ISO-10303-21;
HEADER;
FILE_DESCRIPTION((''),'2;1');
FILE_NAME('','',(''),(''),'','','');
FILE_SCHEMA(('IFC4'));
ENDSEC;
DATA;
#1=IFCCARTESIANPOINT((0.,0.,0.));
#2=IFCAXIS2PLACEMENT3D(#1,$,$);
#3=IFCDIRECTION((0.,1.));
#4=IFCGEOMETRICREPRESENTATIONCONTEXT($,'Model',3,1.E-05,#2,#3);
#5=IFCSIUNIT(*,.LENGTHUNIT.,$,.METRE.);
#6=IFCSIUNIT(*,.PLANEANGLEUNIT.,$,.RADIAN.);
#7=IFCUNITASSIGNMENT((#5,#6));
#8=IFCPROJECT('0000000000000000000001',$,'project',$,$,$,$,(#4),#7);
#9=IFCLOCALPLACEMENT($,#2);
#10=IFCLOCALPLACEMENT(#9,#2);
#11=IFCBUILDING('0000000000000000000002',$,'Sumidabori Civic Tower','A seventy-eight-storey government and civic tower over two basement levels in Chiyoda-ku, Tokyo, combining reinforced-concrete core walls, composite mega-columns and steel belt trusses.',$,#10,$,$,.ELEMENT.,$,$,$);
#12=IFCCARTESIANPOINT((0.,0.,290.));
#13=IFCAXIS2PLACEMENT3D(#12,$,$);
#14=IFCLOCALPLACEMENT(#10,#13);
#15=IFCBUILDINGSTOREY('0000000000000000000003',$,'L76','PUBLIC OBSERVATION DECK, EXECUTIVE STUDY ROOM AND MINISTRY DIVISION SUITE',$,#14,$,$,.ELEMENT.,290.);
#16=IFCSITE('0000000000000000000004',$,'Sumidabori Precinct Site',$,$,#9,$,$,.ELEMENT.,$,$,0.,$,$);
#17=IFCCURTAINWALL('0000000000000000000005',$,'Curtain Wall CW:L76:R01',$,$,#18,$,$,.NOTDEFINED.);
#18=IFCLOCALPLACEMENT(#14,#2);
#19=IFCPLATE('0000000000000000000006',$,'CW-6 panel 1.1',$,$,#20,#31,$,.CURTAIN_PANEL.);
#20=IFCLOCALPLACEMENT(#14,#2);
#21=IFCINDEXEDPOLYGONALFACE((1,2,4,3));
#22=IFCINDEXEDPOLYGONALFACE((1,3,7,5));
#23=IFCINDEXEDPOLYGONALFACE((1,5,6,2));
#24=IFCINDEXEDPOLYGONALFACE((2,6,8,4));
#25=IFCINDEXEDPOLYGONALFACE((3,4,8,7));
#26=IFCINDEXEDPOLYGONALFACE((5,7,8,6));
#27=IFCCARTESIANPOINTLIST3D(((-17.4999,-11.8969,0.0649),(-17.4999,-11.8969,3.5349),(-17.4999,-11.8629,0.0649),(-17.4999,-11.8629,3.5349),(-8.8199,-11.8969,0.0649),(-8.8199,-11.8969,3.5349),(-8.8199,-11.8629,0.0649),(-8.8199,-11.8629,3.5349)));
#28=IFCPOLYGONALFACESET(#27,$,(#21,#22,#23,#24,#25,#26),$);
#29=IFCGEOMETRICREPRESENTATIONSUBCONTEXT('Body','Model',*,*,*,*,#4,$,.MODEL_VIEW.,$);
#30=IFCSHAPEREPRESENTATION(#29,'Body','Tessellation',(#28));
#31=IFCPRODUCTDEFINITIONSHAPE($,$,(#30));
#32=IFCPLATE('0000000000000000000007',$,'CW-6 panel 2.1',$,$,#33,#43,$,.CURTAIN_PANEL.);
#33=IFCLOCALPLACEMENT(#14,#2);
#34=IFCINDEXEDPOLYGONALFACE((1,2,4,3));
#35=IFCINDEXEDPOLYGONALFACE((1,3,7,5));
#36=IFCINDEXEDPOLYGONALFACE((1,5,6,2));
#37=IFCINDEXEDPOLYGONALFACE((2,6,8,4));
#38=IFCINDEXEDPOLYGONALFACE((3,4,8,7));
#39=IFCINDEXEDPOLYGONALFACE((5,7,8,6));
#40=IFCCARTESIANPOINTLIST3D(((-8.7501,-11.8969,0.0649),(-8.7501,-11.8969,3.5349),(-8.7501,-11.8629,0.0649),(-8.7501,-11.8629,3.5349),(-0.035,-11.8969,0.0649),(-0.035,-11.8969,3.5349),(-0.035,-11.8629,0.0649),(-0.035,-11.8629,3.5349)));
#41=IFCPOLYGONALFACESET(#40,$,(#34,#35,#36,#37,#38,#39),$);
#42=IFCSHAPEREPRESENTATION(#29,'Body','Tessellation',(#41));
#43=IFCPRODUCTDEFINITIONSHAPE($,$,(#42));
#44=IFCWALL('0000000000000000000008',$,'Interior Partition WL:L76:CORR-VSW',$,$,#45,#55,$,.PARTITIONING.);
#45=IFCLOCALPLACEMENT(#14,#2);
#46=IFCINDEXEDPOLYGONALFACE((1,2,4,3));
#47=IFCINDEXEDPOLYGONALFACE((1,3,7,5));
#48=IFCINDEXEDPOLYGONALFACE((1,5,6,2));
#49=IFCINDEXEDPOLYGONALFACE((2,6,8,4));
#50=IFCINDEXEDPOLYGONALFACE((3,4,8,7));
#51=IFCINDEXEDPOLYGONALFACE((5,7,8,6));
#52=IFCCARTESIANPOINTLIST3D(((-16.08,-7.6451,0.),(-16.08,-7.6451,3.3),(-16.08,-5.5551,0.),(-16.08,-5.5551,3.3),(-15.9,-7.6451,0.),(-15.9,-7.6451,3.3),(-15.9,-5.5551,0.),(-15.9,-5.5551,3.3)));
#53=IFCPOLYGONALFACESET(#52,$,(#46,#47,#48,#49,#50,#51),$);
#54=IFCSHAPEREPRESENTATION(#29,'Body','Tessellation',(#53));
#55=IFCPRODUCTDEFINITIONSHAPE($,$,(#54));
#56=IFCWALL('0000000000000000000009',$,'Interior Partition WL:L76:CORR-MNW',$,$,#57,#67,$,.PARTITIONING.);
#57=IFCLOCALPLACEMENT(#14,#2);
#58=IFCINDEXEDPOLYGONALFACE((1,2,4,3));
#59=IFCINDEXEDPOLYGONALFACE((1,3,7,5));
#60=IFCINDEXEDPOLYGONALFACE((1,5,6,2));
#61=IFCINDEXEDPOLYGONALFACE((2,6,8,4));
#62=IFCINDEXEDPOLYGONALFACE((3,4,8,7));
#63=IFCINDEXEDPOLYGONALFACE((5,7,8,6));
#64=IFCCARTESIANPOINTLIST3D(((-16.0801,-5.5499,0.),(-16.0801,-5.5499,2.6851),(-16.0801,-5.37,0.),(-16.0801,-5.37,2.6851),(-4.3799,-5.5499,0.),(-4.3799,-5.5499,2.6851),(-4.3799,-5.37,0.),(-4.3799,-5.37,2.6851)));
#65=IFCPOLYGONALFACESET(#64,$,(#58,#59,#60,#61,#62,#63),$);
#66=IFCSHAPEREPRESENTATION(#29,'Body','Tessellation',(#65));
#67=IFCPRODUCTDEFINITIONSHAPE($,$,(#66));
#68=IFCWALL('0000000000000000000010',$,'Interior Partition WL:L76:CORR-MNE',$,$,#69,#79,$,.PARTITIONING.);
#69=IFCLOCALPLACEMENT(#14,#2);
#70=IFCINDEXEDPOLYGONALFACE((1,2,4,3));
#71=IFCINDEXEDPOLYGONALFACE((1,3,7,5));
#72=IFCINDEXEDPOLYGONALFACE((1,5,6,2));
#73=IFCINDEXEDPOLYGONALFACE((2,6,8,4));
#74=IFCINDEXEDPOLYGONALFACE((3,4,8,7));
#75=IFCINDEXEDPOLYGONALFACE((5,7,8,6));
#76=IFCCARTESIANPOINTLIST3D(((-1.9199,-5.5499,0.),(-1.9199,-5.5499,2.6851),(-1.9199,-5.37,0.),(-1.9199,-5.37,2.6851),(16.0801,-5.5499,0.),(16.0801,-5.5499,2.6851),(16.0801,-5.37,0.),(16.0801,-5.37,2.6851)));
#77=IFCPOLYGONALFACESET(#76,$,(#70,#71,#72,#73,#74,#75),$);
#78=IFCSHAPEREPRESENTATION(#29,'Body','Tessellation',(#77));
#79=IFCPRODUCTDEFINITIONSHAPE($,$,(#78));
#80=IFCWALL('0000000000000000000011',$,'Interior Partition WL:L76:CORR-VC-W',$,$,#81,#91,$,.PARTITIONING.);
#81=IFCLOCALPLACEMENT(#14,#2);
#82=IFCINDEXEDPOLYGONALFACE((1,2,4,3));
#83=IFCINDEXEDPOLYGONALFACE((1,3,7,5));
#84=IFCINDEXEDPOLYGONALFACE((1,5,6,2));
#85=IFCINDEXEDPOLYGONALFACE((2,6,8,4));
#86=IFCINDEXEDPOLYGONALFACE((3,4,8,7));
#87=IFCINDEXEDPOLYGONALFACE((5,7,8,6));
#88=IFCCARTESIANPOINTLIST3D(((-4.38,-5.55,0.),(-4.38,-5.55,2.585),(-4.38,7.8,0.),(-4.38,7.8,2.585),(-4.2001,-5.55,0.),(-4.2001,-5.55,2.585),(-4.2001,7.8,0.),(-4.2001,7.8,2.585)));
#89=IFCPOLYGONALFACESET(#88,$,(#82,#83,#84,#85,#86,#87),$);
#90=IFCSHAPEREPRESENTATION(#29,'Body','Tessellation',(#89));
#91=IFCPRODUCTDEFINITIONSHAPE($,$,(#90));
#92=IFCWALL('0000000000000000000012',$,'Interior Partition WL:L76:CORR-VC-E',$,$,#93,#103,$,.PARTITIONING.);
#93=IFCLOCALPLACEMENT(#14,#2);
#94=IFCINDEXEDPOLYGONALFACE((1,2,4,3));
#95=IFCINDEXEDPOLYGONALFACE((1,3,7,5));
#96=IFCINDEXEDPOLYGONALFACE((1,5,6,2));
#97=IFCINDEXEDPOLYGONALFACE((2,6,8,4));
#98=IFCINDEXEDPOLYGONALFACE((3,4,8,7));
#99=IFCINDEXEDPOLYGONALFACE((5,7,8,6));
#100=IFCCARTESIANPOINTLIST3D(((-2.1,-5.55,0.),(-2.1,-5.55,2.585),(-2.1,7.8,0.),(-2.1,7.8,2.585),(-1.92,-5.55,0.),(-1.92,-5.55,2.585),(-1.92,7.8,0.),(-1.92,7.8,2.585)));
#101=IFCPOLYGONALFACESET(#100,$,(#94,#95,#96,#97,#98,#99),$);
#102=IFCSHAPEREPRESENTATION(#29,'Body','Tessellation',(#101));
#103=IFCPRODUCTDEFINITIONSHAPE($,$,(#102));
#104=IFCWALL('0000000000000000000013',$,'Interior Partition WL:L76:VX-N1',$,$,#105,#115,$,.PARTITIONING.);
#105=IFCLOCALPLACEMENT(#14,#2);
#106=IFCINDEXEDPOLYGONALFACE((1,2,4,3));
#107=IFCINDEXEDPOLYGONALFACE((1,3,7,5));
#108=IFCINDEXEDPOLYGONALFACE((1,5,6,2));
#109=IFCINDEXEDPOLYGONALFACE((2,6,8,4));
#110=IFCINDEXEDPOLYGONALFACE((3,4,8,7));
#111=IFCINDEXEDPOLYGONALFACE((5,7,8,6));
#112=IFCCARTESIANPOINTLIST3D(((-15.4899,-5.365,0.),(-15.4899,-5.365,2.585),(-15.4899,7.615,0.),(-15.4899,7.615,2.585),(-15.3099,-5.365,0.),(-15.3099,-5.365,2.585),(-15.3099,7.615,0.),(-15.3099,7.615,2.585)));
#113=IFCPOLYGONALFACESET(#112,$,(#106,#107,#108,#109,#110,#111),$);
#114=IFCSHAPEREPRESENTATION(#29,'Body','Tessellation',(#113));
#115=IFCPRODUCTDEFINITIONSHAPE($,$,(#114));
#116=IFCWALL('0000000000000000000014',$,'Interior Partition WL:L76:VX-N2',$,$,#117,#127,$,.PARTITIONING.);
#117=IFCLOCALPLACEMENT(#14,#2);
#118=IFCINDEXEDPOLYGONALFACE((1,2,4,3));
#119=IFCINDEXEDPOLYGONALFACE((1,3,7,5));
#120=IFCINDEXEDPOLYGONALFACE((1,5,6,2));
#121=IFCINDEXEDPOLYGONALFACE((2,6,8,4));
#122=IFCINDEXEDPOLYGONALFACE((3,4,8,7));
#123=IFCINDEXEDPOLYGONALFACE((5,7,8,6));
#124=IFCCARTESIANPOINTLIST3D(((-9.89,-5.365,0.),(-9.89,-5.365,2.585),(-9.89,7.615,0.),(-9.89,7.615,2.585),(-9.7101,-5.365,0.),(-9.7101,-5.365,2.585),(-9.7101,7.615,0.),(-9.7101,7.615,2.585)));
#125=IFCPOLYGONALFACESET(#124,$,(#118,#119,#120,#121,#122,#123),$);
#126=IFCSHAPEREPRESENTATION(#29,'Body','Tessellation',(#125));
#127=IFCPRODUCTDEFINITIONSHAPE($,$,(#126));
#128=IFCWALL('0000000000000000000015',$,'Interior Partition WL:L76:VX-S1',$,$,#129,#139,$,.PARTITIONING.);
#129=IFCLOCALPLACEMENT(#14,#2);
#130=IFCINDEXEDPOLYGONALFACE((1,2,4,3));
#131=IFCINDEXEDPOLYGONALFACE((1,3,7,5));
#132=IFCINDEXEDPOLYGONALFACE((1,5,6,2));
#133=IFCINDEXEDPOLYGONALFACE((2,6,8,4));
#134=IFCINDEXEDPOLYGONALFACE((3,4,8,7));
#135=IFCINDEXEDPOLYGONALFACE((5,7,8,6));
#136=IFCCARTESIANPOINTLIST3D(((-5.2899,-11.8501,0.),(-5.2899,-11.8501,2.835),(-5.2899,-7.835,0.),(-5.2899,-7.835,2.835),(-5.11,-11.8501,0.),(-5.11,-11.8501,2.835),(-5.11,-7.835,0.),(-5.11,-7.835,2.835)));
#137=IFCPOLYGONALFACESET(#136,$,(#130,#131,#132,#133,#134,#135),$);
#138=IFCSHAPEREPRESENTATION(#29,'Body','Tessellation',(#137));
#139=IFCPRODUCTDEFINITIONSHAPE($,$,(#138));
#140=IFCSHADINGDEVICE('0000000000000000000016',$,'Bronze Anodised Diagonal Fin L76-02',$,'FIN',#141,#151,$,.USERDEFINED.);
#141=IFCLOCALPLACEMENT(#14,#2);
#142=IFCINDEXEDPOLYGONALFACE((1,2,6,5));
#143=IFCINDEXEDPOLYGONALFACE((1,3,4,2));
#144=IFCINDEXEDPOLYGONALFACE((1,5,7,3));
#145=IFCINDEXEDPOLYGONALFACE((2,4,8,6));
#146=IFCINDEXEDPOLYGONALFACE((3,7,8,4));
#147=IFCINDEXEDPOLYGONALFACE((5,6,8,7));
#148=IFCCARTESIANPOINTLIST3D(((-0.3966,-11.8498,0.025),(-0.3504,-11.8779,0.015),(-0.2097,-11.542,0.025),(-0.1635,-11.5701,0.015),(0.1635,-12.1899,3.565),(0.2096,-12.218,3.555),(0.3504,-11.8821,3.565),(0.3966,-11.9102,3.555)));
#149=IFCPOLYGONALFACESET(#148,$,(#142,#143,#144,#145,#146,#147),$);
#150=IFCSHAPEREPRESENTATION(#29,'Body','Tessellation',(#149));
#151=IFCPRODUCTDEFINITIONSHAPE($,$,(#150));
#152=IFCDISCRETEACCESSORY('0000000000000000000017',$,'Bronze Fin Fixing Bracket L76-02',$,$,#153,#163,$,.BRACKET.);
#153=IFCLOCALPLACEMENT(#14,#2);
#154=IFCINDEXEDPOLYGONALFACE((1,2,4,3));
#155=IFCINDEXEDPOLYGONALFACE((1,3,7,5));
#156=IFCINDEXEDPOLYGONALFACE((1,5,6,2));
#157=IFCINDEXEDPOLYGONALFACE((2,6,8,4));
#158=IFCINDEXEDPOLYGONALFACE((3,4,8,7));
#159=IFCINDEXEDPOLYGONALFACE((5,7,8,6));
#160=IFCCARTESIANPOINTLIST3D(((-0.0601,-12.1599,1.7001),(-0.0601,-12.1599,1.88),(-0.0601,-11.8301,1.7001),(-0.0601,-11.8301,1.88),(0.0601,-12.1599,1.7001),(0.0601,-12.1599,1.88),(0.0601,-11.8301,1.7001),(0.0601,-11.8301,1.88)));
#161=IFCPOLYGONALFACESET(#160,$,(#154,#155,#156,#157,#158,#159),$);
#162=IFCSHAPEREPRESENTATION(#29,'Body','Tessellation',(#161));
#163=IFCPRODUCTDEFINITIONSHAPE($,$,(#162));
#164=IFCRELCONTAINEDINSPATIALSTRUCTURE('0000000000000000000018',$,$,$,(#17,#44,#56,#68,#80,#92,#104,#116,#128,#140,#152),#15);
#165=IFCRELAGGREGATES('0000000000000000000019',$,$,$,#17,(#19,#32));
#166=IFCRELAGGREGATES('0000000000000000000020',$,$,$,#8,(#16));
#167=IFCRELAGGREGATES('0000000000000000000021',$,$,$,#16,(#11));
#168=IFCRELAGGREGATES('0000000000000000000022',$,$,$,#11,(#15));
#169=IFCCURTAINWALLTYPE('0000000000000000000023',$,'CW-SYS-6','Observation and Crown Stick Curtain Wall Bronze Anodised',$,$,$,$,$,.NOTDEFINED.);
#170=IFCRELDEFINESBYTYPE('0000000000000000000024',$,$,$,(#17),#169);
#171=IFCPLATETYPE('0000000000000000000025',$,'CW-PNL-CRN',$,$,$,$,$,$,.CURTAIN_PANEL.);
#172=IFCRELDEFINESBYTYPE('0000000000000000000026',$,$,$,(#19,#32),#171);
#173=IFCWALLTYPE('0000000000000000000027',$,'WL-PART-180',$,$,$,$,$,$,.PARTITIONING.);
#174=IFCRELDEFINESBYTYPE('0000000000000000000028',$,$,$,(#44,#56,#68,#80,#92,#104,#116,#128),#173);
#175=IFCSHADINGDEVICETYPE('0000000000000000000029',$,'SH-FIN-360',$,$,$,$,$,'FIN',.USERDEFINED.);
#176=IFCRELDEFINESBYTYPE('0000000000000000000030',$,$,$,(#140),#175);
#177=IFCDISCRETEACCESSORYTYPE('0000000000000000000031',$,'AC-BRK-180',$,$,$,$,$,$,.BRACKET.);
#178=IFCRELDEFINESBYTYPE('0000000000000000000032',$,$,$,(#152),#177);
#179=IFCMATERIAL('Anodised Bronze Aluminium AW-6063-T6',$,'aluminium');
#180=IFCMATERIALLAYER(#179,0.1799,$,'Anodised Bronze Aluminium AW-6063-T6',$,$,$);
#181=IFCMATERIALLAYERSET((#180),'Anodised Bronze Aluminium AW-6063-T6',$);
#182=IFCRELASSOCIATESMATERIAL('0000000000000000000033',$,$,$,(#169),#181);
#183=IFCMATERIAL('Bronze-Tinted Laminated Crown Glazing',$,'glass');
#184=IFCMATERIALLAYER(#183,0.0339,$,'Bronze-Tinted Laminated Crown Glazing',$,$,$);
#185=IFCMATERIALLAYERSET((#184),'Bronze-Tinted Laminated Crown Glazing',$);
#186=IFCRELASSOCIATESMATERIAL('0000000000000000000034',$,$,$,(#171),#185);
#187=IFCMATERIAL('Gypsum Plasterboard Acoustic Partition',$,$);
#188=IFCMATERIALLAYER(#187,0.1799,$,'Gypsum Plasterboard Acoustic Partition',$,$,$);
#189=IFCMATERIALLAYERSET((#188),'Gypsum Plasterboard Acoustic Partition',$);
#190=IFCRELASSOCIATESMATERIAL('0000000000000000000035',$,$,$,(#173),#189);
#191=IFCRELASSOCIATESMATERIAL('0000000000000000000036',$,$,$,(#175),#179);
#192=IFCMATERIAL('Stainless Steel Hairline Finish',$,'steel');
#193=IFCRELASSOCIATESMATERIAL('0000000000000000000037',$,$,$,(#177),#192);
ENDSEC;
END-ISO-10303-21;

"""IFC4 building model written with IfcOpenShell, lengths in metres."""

from ifc_helpers import new_model, si_unit, direction, frame, frame_2d, origin, origin_2d, place, context, subcontext, project, spatial, rectangle, extrude, source, transform, mapped, material, layer, layer_set, material_profile, profile_set, type_object, element, aggregate, save


model = new_model("IFC4")

# Units and contexts
model_context = context("Model", 3, precision=1e-05, world=origin(), true_north=direction((0.0, 1.0)))
body_context = subcontext(model_context, "Body", "Model", "MODEL_VIEW")
ifc_project = project(units=[si_unit("LENGTHUNIT", "METRE"), si_unit("PLANEANGLEUNIT", "RADIAN")], contexts=[model_context])

# Site, building, storey
site_placement = place(None, origin())
site = spatial("IfcSite", under=ifc_project, at=site_placement, Name="Sumidabori Precinct Site", CompositionType="ELEMENT", RefElevation=0.0)
building_placement = place(site_placement, origin())
building = spatial("IfcBuilding", under=site, at=building_placement, Name="Sumidabori Civic Tower", Description="A seventy-eight-storey government and civic tower over two basement levels in Chiyoda-ku, Tokyo, combining reinforced-concrete core walls, composite mega-columns and steel belt trusses.", CompositionType="ELEMENT")
storey_placement = place(building_placement, frame((0.0, 0.0, 290.0)))
storey = spatial("IfcBuildingStorey", under=building, at=storey_placement, Name="L76", Description="PUBLIC OBSERVATION DECK, EXECUTIVE STUDY ROOM AND MINISTRY DIVISION SUITE", CompositionType="ELEMENT", Elevation=290.0)

# Curtain wall
ifc_material_1 = material(Name="Anodised Bronze Aluminium AW-6063-T6", Category="aluminium")
ifc_layer_1 = layer(ifc_material_1, 0.1799, Name="Anodised Bronze Aluminium AW-6063-T6")
ifc_layer_set_1 = layer_set([ifc_layer_1], Name="Anodised Bronze Aluminium AW-6063-T6")
curtain_wall_type = type_object("IfcCurtainWallType", Name="CW-SYS-6", Description="Observation and Crown Stick Curtain Wall Bronze Anodised", PredefinedType="NOTDEFINED", material=ifc_layer_set_1)
curtain_wall_placement = place(storey_placement, origin())
curtain_wall = element("IfcCurtainWall", 1, at=curtain_wall_placement, inside=storey, type_object=curtain_wall_type, Name="Curtain Wall CW:L76:R01", PredefinedType="NOTDEFINED")

# Plates
ifc_material_2 = material(Name="Bronze-Tinted Laminated Crown Glazing", Category="glass")
ifc_layer_2 = layer(ifc_material_2, 0.0339, Name="Bronze-Tinted Laminated Crown Glazing")
ifc_layer_set_2 = layer_set([ifc_layer_2], Name="Bronze-Tinted Laminated Crown Glazing")
plate_type = type_object("IfcPlateType", Name="CW-PNL-CRN", PredefinedType="CURTAIN_PANEL", material=ifc_layer_set_2)
shared_shape_1 = source(origin(), body_context, "Body", "SweptSolid", [
    extrude(rectangle(XDim=8.6799, YDim=0.0339, at=origin_2d()), origin(), (0.0, 0.0, 1.0), 3.47),
])
plate_1_placement = place(storey_placement, frame((-13.1599, -11.8799, 0.0649), z_axis=(0.0, 0.0, 1.0), x_axis=(1.0, 0.0, 0.0)))
plate_1 = element("IfcPlate", 2, at=plate_1_placement, type_object=plate_type, Name="CW-6 panel 1.1", PredefinedType="CURTAIN_PANEL", context=body_context, shape_type="MappedRepresentation", body=[
    mapped(shared_shape_1, transform((0.0, 0.0, 0.0), x_axis=(1.0, 0.0, 0.0), y_axis=(0.0, 1.0, 0.0), z_axis=(0.0, 0.0, 1.0), scale=1.0)),
])
shared_shape_2 = source(origin(), body_context, "Body", "SweptSolid", [
    extrude(rectangle(XDim=8.7151, YDim=0.0339, at=origin_2d()), origin(), (0.0, 0.0, 1.0), 3.47),
])
plate_2_placement = place(storey_placement, frame((-4.3926, -11.8799, 0.0649), z_axis=(0.0, 0.0, 1.0), x_axis=(1.0, 0.0, 0.0)))
plate_2 = element("IfcPlate", 3, at=plate_2_placement, type_object=plate_type, Name="CW-6 panel 2.1", PredefinedType="CURTAIN_PANEL", context=body_context, shape_type="MappedRepresentation", body=[
    mapped(shared_shape_2, transform((0.0, 0.0, 0.0), x_axis=(1.0, 0.0, 0.0), y_axis=(0.0, 1.0, 0.0), z_axis=(0.0, 0.0, 1.0), scale=1.0)),
])
aggregate(curtain_wall, [plate_1, plate_2])

# Walls
ifc_material_3 = material(Name="Gypsum Plasterboard Acoustic Partition")
ifc_layer_3 = layer(ifc_material_3, 0.1799, Name="Gypsum Plasterboard Acoustic Partition")
ifc_layer_set_3 = layer_set([ifc_layer_3], Name="Gypsum Plasterboard Acoustic Partition")
wall_type = type_object("IfcWallType", Name="WL-PART-180", PredefinedType="PARTITIONING", material=ifc_layer_set_3)
shared_shape_3 = source(origin(), body_context, "Body", "SweptSolid", [
    extrude(rectangle(XDim=2.0901, YDim=0.1799, at=frame_2d((1.0449, 0.0))), origin(), (0.0, 0.0, 1.0), 3.3),
])
wall_1_placement = place(storey_placement, frame((-15.99, -7.645, 0.0), z_axis=(0.0, 0.0, 1.0), x_axis=(0.0, 1.0, 0.0)))
element("IfcWall", 4, at=wall_1_placement, inside=storey, type_object=wall_type, Name="Interior Partition WL:L76:CORR-VSW", PredefinedType="PARTITIONING", context=body_context, shape_type="MappedRepresentation", body=[
    mapped(shared_shape_3, transform((0.0, 0.0, 0.0), x_axis=(1.0, 0.0, 0.0), y_axis=(0.0, 1.0, 0.0), z_axis=(0.0, 0.0, 1.0), scale=1.0)),
])
shared_shape_4 = source(origin(), body_context, "Body", "SweptSolid", [
    extrude(rectangle(XDim=11.7002, YDim=0.1799, at=frame_2d((5.8501, 0.0))), origin(), (0.0, 0.0, 1.0), 2.6851),
])
wall_2_placement = place(storey_placement, frame((-16.0801, -5.46, 0.0), z_axis=(0.0, 0.0, 1.0), x_axis=(1.0, 0.0, 0.0)))
element("IfcWall", 5, at=wall_2_placement, inside=storey, type_object=wall_type, Name="Interior Partition WL:L76:CORR-MNW", PredefinedType="PARTITIONING", context=body_context, shape_type="MappedRepresentation", body=[
    mapped(shared_shape_4, transform((0.0, 0.0, 0.0), x_axis=(1.0, 0.0, 0.0), y_axis=(0.0, 1.0, 0.0), z_axis=(0.0, 0.0, 1.0), scale=1.0)),
])
shared_shape_5 = source(origin(), body_context, "Body", "SweptSolid", [
    extrude(rectangle(XDim=18.0, YDim=0.1799, at=frame_2d((9.0, 0.0))), origin(), (0.0, 0.0, 1.0), 2.6851),
])
wall_3_placement = place(storey_placement, frame((-1.9199, -5.46, 0.0), z_axis=(0.0, 0.0, 1.0), x_axis=(1.0, 0.0, 0.0)))
element("IfcWall", 6, at=wall_3_placement, inside=storey, type_object=wall_type, Name="Interior Partition WL:L76:CORR-MNE", PredefinedType="PARTITIONING", context=body_context, shape_type="MappedRepresentation", body=[
    mapped(shared_shape_5, transform((0.0, 0.0, 0.0), x_axis=(1.0, 0.0, 0.0), y_axis=(0.0, 1.0, 0.0), z_axis=(0.0, 0.0, 1.0), scale=1.0)),
])
shared_shape_6 = source(origin(), body_context, "Body", "SweptSolid", [
    extrude(rectangle(XDim=13.3501, YDim=0.1799, at=frame_2d((6.675, 0.0))), origin(), (0.0, 0.0, 1.0), 2.585),
])
for number, where, z_axis, x_axis, name in (
    (7, (-4.29, -5.55, 0.0), (0.0, 0.0, 1.0), (0.0, 1.0, 0.0), "Interior Partition WL:L76:CORR-VC-W"),
    (8, (-2.01, -5.55, 0.0), (0.0, 0.0, 1.0), (0.0, 1.0, 0.0), "Interior Partition WL:L76:CORR-VC-E"),
):
    element("IfcWall", number, at=place(storey_placement, frame(where, z_axis=z_axis, x_axis=x_axis)), inside=storey, type_object=wall_type, Name=name, PredefinedType="PARTITIONING", context=body_context, shape_type="MappedRepresentation", body=[
        mapped(shared_shape_6, transform((0.0, 0.0, 0.0), x_axis=(1.0, 0.0, 0.0), y_axis=(0.0, 1.0, 0.0), z_axis=(0.0, 0.0, 1.0), scale=1.0)),
    ])
shared_shape_7 = source(origin(), body_context, "Body", "SweptSolid", [
    extrude(rectangle(XDim=12.98, YDim=0.1799, at=frame_2d((6.49, 0.0))), origin(), (0.0, 0.0, 1.0), 2.585),
])
for number, where, z_axis, x_axis, name in (
    (9, (-15.3999, -5.365, 0.0), (0.0, 0.0, 1.0), (0.0, 1.0, 0.0), "Interior Partition WL:L76:VX-N1"),
    (10, (-9.8, -5.365, 0.0), (0.0, 0.0, 1.0), (0.0, 1.0, 0.0), "Interior Partition WL:L76:VX-N2"),
):
    element("IfcWall", number, at=place(storey_placement, frame(where, z_axis=z_axis, x_axis=x_axis)), inside=storey, type_object=wall_type, Name=name, PredefinedType="PARTITIONING", context=body_context, shape_type="MappedRepresentation", body=[
        mapped(shared_shape_7, transform((0.0, 0.0, 0.0), x_axis=(1.0, 0.0, 0.0), y_axis=(0.0, 1.0, 0.0), z_axis=(0.0, 0.0, 1.0), scale=1.0)),
    ])
shared_shape_8 = source(origin(), body_context, "Body", "SweptSolid", [
    extrude(rectangle(XDim=4.0151, YDim=0.1799, at=frame_2d((2.0076, 0.0))), origin(), (0.0, 0.0, 1.0), 2.835),
])
wall_4_placement = place(storey_placement, frame((-5.2, -11.8501, 0.0), z_axis=(0.0, 0.0, 1.0), x_axis=(0.0, 1.0, 0.0)))
element("IfcWall", 11, at=wall_4_placement, inside=storey, type_object=wall_type, Name="Interior Partition WL:L76:VX-S1", PredefinedType="PARTITIONING", context=body_context, shape_type="MappedRepresentation", body=[
    mapped(shared_shape_8, transform((0.0, 0.0, 0.0), x_axis=(1.0, 0.0, 0.0), y_axis=(0.0, 1.0, 0.0), z_axis=(0.0, 0.0, 1.0), scale=1.0)),
])

# Shading device
ifc_material_profile_1 = material_profile(ifc_material_1, rectangle(XDim=0.0549, YDim=0.3601, at=origin_2d()), Name="BRONZE FIN 360x55")
ifc_profile_set_1 = profile_set([ifc_material_profile_1], Name="Anodised Bronze Aluminium AW-6063-T6")
shading_device_type = type_object("IfcShadingDeviceType", Name="SH-FIN-360", ElementType="FIN", PredefinedType="USERDEFINED", material=ifc_profile_set_1)
shared_shape_9 = source(origin(), body_context, "Body", "SweptSolid", [
    extrude(rectangle(XDim=0.0549, YDim=0.3601, at=origin_2d()), origin(), (0.0, 0.0, 1.0), 3.6001),
])
shading_device_placement = place(storey_placement, frame((-0.28, -11.71, 0.02), z_axis=(0.155565, -0.094464, 0.983299), x_axis=(0.840477, -0.510368, -0.182)))
element("IfcShadingDevice", 12, at=shading_device_placement, inside=storey, type_object=shading_device_type, Name="Bronze Anodised Diagonal Fin L76-02", ObjectType="FIN", PredefinedType="USERDEFINED", context=body_context, shape_type="MappedRepresentation", body=[
    mapped(shared_shape_9, transform((0.0, 0.0, 0.0), x_axis=(1.0, 0.0, 0.0), y_axis=(0.0, 1.0, 0.0), z_axis=(0.0, 0.0, 1.0), scale=1.0)),
])

# Discrete accessory
ifc_material_4 = material(Name="Stainless Steel Hairline Finish", Category="steel")
ifc_material_profile_2 = material_profile(ifc_material_4, rectangle(XDim=0.1201, YDim=0.1799, at=origin_2d()), Name="STEEL BRACKET 180x120")
ifc_profile_set_2 = profile_set([ifc_material_profile_2], Name="Stainless Steel Hairline Finish")
discrete_accessory_type = type_object("IfcDiscreteAccessoryType", Name="AC-BRK-180", PredefinedType="BRACKET", material=ifc_profile_set_2)
shared_shape_10 = source(origin(), body_context, "Body", "SweptSolid", [
    extrude(rectangle(XDim=0.1201, YDim=0.1799, at=origin_2d()), origin(), (0.0, 0.0, 1.0), 0.3298),
])
discrete_accessory_placement = place(storey_placement, frame((0.0, -11.8301, 1.79), z_axis=(0.0, -1.0, 0.0), x_axis=(1.0, 0.0, 0.0)))
element("IfcDiscreteAccessory", 13, at=discrete_accessory_placement, inside=storey, type_object=discrete_accessory_type, Name="Bronze Fin Fixing Bracket L76-02", PredefinedType="BRACKET", context=body_context, shape_type="MappedRepresentation", body=[
    mapped(shared_shape_10, transform((0.0, 0.0, 0.0), x_axis=(1.0, 0.0, 0.0), y_axis=(0.0, 1.0, 0.0), z_axis=(0.0, 0.0, 1.0), scale=1.0)),
])

save(model, "model.ifc")
